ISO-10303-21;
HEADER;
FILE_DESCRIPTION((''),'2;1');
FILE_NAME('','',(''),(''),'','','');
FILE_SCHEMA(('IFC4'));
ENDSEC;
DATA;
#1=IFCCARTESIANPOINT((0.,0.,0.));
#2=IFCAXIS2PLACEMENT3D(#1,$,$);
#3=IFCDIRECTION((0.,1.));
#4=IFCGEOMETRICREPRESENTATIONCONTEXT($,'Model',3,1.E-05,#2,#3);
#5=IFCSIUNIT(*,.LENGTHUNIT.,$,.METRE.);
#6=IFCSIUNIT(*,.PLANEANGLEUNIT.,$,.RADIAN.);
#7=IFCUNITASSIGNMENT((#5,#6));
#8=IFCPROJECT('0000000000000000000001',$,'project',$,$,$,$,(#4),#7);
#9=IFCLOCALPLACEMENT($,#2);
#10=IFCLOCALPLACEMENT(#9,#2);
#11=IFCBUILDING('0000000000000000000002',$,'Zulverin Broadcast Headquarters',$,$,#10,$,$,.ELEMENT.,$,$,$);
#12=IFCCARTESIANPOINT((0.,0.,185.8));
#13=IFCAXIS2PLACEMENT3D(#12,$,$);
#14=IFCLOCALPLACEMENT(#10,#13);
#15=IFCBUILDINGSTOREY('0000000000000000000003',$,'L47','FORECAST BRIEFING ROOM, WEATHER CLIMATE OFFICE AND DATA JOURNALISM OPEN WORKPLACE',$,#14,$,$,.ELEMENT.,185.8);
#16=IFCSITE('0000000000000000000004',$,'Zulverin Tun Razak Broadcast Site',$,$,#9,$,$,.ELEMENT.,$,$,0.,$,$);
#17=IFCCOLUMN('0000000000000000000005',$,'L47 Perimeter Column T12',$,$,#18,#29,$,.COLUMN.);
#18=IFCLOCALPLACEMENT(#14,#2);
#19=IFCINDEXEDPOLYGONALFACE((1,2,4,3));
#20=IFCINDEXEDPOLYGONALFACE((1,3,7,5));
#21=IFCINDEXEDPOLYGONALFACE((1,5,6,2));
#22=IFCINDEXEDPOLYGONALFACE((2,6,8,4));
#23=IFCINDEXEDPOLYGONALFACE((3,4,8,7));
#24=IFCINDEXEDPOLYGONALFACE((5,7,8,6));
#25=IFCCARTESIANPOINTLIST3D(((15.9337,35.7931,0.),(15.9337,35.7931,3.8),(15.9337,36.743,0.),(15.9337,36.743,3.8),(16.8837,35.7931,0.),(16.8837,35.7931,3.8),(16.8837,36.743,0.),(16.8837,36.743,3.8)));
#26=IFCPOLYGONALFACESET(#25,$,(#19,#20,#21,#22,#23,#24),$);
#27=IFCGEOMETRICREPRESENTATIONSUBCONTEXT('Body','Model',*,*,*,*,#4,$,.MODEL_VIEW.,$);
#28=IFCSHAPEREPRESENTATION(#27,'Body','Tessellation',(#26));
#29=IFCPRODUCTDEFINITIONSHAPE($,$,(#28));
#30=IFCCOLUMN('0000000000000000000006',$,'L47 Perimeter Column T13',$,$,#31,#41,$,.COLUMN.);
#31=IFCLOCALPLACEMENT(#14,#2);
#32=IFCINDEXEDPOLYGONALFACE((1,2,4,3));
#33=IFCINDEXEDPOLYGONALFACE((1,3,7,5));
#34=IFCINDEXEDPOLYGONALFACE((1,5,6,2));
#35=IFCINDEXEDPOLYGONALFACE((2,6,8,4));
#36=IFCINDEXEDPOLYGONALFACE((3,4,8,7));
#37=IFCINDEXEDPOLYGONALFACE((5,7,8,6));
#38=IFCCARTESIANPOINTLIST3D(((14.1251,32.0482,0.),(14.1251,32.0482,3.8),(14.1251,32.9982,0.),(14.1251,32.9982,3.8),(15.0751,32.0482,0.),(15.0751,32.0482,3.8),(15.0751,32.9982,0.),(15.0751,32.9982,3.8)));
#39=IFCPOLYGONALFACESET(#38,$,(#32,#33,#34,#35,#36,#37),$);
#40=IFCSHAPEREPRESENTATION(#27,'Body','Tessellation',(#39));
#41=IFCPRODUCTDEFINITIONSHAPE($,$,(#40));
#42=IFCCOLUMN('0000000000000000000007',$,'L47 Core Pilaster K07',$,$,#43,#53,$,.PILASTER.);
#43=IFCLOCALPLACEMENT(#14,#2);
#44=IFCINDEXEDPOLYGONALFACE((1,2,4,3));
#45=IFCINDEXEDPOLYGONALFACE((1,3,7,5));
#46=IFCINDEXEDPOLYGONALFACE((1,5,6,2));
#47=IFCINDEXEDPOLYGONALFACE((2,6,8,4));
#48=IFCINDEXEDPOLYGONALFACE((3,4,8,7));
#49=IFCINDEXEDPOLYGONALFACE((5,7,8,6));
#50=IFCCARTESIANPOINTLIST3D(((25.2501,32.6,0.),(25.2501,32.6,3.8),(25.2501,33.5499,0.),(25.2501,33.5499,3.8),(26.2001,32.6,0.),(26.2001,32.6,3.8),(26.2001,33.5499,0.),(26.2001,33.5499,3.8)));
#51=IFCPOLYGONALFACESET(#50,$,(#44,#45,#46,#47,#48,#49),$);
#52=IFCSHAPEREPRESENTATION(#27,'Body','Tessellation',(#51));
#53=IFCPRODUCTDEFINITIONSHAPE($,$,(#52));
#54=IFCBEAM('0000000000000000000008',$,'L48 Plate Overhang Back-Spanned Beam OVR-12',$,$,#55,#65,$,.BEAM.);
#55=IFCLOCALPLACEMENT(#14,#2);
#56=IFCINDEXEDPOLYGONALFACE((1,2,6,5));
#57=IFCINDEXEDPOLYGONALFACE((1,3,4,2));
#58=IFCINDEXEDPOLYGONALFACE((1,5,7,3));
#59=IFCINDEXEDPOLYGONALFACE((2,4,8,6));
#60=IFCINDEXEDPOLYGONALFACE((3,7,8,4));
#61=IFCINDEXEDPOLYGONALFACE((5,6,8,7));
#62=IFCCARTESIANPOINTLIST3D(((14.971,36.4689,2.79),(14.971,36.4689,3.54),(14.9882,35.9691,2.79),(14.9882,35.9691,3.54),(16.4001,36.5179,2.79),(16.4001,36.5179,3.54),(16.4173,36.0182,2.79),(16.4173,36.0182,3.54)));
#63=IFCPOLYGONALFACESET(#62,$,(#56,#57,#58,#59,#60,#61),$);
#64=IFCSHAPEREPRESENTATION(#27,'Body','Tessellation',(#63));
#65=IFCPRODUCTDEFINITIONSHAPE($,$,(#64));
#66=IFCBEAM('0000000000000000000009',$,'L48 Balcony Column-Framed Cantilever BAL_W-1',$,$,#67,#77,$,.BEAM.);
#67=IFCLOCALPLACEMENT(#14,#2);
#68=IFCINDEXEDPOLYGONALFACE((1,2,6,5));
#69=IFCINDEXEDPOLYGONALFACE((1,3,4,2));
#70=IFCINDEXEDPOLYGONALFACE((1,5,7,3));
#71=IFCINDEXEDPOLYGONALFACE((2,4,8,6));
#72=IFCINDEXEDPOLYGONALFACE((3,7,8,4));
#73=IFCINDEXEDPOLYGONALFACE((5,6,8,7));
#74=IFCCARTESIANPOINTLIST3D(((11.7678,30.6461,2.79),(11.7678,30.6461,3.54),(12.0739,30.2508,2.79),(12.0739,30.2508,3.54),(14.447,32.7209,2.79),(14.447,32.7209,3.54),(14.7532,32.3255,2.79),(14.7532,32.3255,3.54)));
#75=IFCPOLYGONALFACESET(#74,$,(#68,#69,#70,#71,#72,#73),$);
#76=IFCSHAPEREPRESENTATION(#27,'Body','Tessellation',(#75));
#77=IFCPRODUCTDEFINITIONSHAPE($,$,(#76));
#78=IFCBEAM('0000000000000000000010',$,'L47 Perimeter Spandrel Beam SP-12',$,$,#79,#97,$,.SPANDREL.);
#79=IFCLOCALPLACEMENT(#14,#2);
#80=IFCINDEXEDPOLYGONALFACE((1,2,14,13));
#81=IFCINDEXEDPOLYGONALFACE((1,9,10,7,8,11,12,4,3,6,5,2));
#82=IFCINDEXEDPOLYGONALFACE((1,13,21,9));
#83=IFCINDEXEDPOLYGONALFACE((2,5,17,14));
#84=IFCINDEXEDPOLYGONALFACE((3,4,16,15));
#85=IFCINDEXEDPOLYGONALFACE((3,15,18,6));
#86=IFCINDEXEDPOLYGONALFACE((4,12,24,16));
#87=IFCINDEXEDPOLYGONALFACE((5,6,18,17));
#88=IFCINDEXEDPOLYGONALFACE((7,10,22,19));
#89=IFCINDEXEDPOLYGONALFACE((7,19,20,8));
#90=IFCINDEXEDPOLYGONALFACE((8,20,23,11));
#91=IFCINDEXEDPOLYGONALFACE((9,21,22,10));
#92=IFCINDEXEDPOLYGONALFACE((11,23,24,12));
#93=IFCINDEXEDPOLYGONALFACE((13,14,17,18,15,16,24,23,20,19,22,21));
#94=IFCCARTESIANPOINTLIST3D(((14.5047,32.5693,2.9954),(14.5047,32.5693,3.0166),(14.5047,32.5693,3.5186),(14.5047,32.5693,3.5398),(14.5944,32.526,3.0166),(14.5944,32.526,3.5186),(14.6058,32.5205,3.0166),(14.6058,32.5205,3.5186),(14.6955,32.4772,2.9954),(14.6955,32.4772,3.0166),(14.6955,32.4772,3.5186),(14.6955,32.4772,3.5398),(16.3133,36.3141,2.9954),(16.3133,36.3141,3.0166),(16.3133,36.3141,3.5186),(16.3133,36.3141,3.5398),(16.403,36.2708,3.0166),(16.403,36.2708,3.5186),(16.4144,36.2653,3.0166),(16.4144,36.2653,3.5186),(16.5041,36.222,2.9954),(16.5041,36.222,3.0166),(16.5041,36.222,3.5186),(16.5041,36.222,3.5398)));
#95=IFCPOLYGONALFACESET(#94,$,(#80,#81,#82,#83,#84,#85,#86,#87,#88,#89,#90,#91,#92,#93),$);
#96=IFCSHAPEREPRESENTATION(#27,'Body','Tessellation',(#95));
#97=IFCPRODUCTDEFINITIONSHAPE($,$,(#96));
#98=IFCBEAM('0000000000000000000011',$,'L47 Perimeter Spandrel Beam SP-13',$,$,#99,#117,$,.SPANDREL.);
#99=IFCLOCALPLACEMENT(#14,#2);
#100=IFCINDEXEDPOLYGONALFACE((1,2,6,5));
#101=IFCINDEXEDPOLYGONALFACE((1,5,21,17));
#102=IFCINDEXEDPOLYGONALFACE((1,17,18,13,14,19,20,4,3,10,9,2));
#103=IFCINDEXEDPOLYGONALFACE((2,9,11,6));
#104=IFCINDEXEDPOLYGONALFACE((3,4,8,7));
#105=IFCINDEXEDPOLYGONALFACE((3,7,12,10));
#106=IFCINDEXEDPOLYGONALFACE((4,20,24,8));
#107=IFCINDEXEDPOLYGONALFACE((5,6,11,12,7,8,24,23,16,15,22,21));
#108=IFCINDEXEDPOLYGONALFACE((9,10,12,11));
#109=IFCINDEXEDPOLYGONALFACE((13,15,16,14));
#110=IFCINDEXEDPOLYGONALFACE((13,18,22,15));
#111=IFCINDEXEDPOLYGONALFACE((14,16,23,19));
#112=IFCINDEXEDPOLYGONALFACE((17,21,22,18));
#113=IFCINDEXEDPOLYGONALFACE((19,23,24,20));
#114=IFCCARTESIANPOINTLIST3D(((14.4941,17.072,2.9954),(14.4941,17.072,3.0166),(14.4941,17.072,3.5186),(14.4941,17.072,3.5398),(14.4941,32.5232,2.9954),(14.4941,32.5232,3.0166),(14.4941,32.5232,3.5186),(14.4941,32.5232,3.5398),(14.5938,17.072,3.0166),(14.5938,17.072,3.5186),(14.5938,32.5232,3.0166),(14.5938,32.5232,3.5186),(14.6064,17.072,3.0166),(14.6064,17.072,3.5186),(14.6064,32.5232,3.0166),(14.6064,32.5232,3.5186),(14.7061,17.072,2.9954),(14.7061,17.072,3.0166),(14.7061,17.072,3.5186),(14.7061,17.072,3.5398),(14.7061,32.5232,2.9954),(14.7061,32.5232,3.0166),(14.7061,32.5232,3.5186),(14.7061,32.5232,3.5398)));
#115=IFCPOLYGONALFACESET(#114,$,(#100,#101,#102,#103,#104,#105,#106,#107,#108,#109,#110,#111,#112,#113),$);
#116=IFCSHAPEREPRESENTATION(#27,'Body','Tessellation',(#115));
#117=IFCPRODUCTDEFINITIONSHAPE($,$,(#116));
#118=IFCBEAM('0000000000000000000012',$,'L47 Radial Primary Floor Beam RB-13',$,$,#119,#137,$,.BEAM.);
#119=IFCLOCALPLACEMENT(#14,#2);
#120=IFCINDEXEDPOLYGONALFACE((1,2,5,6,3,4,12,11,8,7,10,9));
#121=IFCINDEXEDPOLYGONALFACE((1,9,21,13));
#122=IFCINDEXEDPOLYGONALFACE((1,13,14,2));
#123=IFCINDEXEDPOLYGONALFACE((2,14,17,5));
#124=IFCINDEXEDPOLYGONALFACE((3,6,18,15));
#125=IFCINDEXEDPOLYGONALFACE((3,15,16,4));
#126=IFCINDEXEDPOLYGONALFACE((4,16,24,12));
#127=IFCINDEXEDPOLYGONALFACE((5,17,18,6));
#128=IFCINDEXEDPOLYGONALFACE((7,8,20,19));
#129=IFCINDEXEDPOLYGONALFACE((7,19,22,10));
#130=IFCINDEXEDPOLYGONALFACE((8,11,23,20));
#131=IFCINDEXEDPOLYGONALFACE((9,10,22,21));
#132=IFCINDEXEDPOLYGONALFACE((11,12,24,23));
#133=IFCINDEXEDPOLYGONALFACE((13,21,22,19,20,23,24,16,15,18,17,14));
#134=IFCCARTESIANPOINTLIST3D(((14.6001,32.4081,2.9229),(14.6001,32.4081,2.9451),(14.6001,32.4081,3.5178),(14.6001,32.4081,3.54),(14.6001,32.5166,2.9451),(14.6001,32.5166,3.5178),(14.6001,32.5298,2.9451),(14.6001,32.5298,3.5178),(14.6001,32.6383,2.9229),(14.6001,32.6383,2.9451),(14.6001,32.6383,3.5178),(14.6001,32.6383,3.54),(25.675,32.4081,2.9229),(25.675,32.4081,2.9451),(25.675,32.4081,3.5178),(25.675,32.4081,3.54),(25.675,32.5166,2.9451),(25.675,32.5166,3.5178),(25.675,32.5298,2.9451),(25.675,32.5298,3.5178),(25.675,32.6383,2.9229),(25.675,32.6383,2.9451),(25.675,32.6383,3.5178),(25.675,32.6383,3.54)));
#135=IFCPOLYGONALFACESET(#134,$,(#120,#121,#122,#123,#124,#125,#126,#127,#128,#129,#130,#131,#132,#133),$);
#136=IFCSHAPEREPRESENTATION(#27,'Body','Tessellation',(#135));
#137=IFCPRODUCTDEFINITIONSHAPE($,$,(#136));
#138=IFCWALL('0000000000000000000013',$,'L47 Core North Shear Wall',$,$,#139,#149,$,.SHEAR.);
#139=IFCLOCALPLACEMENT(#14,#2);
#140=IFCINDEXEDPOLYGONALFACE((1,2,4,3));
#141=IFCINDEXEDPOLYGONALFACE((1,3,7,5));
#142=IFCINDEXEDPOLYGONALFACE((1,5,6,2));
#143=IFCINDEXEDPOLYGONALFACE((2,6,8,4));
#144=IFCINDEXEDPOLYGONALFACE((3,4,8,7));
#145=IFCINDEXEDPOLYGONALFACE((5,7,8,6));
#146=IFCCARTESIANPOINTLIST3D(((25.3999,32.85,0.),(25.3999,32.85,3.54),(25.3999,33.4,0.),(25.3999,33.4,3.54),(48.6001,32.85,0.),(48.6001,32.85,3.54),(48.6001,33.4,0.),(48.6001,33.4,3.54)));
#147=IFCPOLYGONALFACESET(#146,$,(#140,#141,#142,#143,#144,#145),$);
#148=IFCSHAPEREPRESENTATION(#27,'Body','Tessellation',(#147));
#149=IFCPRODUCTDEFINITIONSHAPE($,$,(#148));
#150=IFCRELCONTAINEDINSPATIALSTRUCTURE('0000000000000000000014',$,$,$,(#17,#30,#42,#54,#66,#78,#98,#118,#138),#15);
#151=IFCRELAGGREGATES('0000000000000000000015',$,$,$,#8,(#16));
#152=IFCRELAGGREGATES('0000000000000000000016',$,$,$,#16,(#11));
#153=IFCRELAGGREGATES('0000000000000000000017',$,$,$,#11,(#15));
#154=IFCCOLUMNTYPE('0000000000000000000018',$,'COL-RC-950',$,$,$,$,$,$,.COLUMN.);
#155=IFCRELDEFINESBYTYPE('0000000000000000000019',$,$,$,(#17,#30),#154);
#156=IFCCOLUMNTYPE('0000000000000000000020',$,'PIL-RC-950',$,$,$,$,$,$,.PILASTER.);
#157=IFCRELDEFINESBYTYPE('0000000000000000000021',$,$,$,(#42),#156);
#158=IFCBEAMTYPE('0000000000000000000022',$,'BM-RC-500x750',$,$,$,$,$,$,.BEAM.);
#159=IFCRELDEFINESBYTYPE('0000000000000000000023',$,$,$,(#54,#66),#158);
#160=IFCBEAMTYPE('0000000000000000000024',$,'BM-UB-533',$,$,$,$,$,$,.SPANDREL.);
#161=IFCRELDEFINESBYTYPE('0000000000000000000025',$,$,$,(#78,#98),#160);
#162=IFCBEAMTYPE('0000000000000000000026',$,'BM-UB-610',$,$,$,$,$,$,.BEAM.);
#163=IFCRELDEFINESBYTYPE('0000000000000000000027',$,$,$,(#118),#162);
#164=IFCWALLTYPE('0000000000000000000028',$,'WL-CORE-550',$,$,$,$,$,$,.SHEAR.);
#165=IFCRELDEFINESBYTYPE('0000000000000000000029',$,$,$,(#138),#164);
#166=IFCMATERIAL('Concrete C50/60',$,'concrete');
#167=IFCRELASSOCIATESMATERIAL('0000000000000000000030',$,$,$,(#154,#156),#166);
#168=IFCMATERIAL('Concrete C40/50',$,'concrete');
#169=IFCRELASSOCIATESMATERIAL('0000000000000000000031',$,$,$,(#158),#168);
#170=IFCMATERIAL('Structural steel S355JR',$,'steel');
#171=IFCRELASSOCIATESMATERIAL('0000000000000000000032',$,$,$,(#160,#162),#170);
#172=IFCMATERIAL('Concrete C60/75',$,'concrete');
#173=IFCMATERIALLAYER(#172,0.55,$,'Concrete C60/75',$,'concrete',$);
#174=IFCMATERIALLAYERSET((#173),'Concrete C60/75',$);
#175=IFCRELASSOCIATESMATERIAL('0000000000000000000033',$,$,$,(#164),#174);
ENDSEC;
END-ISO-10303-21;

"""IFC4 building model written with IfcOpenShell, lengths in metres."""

from ifc_helpers import new_model, si_unit, direction, frame, frame_2d, origin, origin_2d, place, context, subcontext, project, spatial, rectangle, i_section, extrude, material, layer, layer_set, material_profile, profile_set, type_object, element, save


model = new_model("IFC4")

# Units and contexts
model_context = context("Model", 3, precision=1e-05, world=origin(), true_north=direction((0.0, 1.0)))
body_context = subcontext(model_context, "Body", "Model", "MODEL_VIEW")
ifc_project = project(units=[si_unit("LENGTHUNIT", "METRE"), si_unit("PLANEANGLEUNIT", "RADIAN")], contexts=[model_context])

# Site, building, storey
site_placement = place(None, origin())
site = spatial("IfcSite", under=ifc_project, at=site_placement, Name="Zulverin Tun Razak Broadcast Site", CompositionType="ELEMENT", RefElevation=0.0)
building_placement = place(site_placement, origin())
building = spatial("IfcBuilding", under=site, at=building_placement, Name="Zulverin Broadcast Headquarters", CompositionType="ELEMENT")
storey_placement = place(building_placement, frame((0.0, 0.0, 185.8)))
storey = spatial("IfcBuildingStorey", under=building, at=storey_placement, Name="L47", Description="FORECAST BRIEFING ROOM, WEATHER CLIMATE OFFICE AND DATA JOURNALISM OPEN WORKPLACE", CompositionType="ELEMENT", Elevation=185.8)

# Columns
ifc_material_1 = material(Name="Concrete C50/60", Category="concrete")
ifc_material_profile_1 = material_profile(ifc_material_1, rectangle(XDim=0.95, YDim=0.95, at=origin_2d()), Name="Concrete C50/60", Category="concrete")
ifc_profile_set_1 = profile_set([ifc_material_profile_1], Name="Concrete C50/60")
column_type_1 = type_object("IfcColumnType", Name="COL-RC-950", PredefinedType="COLUMN", material=ifc_profile_set_1)
for number, where, z_axis, x_axis, name in (
    (1, (16.4087, 36.2681, 0.0), (0.0, 0.0, 1.0), (1.0, 0.0, 0.0), "L47 Perimeter Column T12"),
    (2, (14.6001, 32.5232, 0.0), (0.0, 0.0, 1.0), (1.0, 0.0, 0.0), "L47 Perimeter Column T13"),
):
    element("IfcColumn", number, at=place(storey_placement, frame(where, z_axis=z_axis, x_axis=x_axis)), inside=storey, type_object=column_type_1, Name=name, PredefinedType="COLUMN", context=body_context, shape_type="SweptSolid", body=[
        extrude(rectangle(XDim=0.95, YDim=0.95, at=origin_2d()), origin(), (0.0, 0.0, 1.0), 3.8),
    ])
ifc_material_profile_2 = material_profile(ifc_material_1, rectangle(XDim=0.95, YDim=0.95, at=origin_2d()), Name="Concrete C50/60", Category="concrete")
ifc_profile_set_2 = profile_set([ifc_material_profile_2], Name="Concrete C50/60")
column_type_2 = type_object("IfcColumnType", Name="PIL-RC-950", PredefinedType="PILASTER", material=ifc_profile_set_2)
column_placement = place(storey_placement, frame((25.7251, 33.075, 0.0), z_axis=(0.0, 0.0, 1.0), x_axis=(1.0, 0.0, 0.0)))
element("IfcColumn", 3, at=column_placement, inside=storey, type_object=column_type_2, Name="L47 Core Pilaster K07", PredefinedType="PILASTER", context=body_context, shape_type="SweptSolid", body=[
    extrude(rectangle(XDim=0.95, YDim=0.95, at=origin_2d()), origin(), (0.0, 0.0, 1.0), 3.8),
])

# Beams
ifc_material_2 = material(Name="Concrete C40/50", Category="concrete")
ifc_material_profile_3 = material_profile(ifc_material_2, rectangle(XDim=0.5, YDim=0.75, at=origin_2d()), Name="Concrete C40/50", Category="concrete")
ifc_profile_set_3 = profile_set([ifc_material_profile_3], Name="Concrete C40/50")
beam_type_1 = type_object("IfcBeamType", Name="BM-RC-500x750", PredefinedType="BEAM", material=ifc_profile_set_3)
beam_1_placement = place(storey_placement, frame((16.4087, 36.2681, 3.165), z_axis=(-0.999411, -0.034315, 0.0), x_axis=(0.034315, -0.999411, 0.0)))
element("IfcBeam", 4, at=beam_1_placement, inside=storey, type_object=beam_type_1, Name="L48 Plate Overhang Back-Spanned Beam OVR-12", PredefinedType="BEAM", context=body_context, shape_type="SweptSolid", body=[
    extrude(rectangle(XDim=0.5, YDim=0.75, at=origin_2d()), origin(), (0.0, 0.0, 1.0), 1.4299),
])
beam_2_placement = place(storey_placement, frame((14.6001, 32.5232, 3.165), z_axis=(-0.790654, -0.612263, 0.0), x_axis=(0.612263, -0.790654, 0.0)))
element("IfcBeam", 5, at=beam_2_placement, inside=storey, type_object=beam_type_1, Name="L48 Balcony Column-Framed Cantilever BAL_W-1", PredefinedType="BEAM", context=body_context, shape_type="SweptSolid", body=[
    extrude(rectangle(XDim=0.5, YDim=0.75, at=origin_2d()), origin(), (0.0, 0.0, 1.0), 3.3887),
])
ifc_material_3 = material(Name="Structural steel S355JR", Category="steel")
ifc_material_profile_4 = material_profile(ifc_material_3, i_section(OverallWidth=0.2119, OverallDepth=0.5444, WebThickness=0.0127, FlangeThickness=0.0212, at=origin_2d()), Name="Structural steel S355JR", Category="steel")
ifc_profile_set_4 = profile_set([ifc_material_profile_4], Name="Structural steel S355JR")
beam_type_2 = type_object("IfcBeamType", Name="BM-UB-533", PredefinedType="SPANDREL", material=ifc_profile_set_4)
beam_3_placement = place(storey_placement, frame((16.4087, 36.2681, 3.2676), z_axis=(-0.43489, -0.900483, 0.0), x_axis=(0.900483, -0.43489, 0.0)))
element("IfcBeam", 6, at=beam_3_placement, inside=storey, type_object=beam_type_2, Name="L47 Perimeter Spandrel Beam SP-12", PredefinedType="SPANDREL", context=body_context, shape_type="SweptSolid", body=[
    extrude(i_section(OverallWidth=0.2119, OverallDepth=0.5444, WebThickness=0.0127, FlangeThickness=0.0212, at=origin_2d()), origin(), (0.0, 0.0, 1.0), 4.1587),
])
beam_4_placement = place(storey_placement, frame((14.6001, 32.5232, 3.2676), z_axis=(0.0, -1.0, 0.0), x_axis=(1.0, 0.0, 0.0)))
element("IfcBeam", 7, at=beam_4_placement, inside=storey, type_object=beam_type_2, Name="L47 Perimeter Spandrel Beam SP-13", PredefinedType="SPANDREL", context=body_context, shape_type="SweptSolid", body=[
    extrude(i_section(OverallWidth=0.2119, OverallDepth=0.5444, WebThickness=0.0127, FlangeThickness=0.0212, at=origin_2d()), origin(), (0.0, 0.0, 1.0), 15.4512),
])
ifc_material_profile_5 = material_profile(ifc_material_3, i_section(OverallWidth=0.2302, OverallDepth=0.6172, WebThickness=0.0132, FlangeThickness=0.0222, at=origin_2d()), Name="Structural steel S355JR", Category="steel")
ifc_profile_set_5 = profile_set([ifc_material_profile_5], Name="Structural steel S355JR")
beam_type_3 = type_object("IfcBeamType", Name="BM-UB-610", PredefinedType="BEAM", material=ifc_profile_set_5)
beam_5_placement = place(storey_placement, frame((25.675, 32.5232, 3.2314), z_axis=(-1.0, 0.0, 0.0), x_axis=(0.0, -1.0, 0.0)))
element("IfcBeam", 8, at=beam_5_placement, inside=storey, type_object=beam_type_3, Name="L47 Radial Primary Floor Beam RB-13", PredefinedType="BEAM", context=body_context, shape_type="SweptSolid", body=[
    extrude(i_section(OverallWidth=0.2302, OverallDepth=0.6172, WebThickness=0.0132, FlangeThickness=0.0222, at=origin_2d()), origin(), (0.0, 0.0, 1.0), 11.075),
])

# Wall
ifc_material_4 = material(Name="Concrete C60/75", Category="concrete")
ifc_layer_1 = layer(ifc_material_4, 0.55, Name="Concrete C60/75", Category="concrete")
ifc_layer_set_1 = layer_set([ifc_layer_1], Name="Concrete C60/75")
wall_type_1 = type_object("IfcWallType", Name="WL-CORE-550", PredefinedType="SHEAR", material=ifc_layer_set_1)
wall_1_placement = place(storey_placement, frame((25.3999, 33.125, 0.0), z_axis=(0.0, 0.0, 1.0), x_axis=(1.0, 0.0, 0.0)))
element("IfcWall", 9, at=wall_1_placement, inside=storey, type_object=wall_type_1, Name="L47 Core North Shear Wall", PredefinedType="SHEAR", context=body_context, shape_type="SweptSolid", body=[
    extrude(rectangle(XDim=23.2002, YDim=0.55, at=frame_2d((11.6001, 0.0))), origin(), (0.0, 0.0, 1.0), 3.54),
])

save(model, "model.ifc")
